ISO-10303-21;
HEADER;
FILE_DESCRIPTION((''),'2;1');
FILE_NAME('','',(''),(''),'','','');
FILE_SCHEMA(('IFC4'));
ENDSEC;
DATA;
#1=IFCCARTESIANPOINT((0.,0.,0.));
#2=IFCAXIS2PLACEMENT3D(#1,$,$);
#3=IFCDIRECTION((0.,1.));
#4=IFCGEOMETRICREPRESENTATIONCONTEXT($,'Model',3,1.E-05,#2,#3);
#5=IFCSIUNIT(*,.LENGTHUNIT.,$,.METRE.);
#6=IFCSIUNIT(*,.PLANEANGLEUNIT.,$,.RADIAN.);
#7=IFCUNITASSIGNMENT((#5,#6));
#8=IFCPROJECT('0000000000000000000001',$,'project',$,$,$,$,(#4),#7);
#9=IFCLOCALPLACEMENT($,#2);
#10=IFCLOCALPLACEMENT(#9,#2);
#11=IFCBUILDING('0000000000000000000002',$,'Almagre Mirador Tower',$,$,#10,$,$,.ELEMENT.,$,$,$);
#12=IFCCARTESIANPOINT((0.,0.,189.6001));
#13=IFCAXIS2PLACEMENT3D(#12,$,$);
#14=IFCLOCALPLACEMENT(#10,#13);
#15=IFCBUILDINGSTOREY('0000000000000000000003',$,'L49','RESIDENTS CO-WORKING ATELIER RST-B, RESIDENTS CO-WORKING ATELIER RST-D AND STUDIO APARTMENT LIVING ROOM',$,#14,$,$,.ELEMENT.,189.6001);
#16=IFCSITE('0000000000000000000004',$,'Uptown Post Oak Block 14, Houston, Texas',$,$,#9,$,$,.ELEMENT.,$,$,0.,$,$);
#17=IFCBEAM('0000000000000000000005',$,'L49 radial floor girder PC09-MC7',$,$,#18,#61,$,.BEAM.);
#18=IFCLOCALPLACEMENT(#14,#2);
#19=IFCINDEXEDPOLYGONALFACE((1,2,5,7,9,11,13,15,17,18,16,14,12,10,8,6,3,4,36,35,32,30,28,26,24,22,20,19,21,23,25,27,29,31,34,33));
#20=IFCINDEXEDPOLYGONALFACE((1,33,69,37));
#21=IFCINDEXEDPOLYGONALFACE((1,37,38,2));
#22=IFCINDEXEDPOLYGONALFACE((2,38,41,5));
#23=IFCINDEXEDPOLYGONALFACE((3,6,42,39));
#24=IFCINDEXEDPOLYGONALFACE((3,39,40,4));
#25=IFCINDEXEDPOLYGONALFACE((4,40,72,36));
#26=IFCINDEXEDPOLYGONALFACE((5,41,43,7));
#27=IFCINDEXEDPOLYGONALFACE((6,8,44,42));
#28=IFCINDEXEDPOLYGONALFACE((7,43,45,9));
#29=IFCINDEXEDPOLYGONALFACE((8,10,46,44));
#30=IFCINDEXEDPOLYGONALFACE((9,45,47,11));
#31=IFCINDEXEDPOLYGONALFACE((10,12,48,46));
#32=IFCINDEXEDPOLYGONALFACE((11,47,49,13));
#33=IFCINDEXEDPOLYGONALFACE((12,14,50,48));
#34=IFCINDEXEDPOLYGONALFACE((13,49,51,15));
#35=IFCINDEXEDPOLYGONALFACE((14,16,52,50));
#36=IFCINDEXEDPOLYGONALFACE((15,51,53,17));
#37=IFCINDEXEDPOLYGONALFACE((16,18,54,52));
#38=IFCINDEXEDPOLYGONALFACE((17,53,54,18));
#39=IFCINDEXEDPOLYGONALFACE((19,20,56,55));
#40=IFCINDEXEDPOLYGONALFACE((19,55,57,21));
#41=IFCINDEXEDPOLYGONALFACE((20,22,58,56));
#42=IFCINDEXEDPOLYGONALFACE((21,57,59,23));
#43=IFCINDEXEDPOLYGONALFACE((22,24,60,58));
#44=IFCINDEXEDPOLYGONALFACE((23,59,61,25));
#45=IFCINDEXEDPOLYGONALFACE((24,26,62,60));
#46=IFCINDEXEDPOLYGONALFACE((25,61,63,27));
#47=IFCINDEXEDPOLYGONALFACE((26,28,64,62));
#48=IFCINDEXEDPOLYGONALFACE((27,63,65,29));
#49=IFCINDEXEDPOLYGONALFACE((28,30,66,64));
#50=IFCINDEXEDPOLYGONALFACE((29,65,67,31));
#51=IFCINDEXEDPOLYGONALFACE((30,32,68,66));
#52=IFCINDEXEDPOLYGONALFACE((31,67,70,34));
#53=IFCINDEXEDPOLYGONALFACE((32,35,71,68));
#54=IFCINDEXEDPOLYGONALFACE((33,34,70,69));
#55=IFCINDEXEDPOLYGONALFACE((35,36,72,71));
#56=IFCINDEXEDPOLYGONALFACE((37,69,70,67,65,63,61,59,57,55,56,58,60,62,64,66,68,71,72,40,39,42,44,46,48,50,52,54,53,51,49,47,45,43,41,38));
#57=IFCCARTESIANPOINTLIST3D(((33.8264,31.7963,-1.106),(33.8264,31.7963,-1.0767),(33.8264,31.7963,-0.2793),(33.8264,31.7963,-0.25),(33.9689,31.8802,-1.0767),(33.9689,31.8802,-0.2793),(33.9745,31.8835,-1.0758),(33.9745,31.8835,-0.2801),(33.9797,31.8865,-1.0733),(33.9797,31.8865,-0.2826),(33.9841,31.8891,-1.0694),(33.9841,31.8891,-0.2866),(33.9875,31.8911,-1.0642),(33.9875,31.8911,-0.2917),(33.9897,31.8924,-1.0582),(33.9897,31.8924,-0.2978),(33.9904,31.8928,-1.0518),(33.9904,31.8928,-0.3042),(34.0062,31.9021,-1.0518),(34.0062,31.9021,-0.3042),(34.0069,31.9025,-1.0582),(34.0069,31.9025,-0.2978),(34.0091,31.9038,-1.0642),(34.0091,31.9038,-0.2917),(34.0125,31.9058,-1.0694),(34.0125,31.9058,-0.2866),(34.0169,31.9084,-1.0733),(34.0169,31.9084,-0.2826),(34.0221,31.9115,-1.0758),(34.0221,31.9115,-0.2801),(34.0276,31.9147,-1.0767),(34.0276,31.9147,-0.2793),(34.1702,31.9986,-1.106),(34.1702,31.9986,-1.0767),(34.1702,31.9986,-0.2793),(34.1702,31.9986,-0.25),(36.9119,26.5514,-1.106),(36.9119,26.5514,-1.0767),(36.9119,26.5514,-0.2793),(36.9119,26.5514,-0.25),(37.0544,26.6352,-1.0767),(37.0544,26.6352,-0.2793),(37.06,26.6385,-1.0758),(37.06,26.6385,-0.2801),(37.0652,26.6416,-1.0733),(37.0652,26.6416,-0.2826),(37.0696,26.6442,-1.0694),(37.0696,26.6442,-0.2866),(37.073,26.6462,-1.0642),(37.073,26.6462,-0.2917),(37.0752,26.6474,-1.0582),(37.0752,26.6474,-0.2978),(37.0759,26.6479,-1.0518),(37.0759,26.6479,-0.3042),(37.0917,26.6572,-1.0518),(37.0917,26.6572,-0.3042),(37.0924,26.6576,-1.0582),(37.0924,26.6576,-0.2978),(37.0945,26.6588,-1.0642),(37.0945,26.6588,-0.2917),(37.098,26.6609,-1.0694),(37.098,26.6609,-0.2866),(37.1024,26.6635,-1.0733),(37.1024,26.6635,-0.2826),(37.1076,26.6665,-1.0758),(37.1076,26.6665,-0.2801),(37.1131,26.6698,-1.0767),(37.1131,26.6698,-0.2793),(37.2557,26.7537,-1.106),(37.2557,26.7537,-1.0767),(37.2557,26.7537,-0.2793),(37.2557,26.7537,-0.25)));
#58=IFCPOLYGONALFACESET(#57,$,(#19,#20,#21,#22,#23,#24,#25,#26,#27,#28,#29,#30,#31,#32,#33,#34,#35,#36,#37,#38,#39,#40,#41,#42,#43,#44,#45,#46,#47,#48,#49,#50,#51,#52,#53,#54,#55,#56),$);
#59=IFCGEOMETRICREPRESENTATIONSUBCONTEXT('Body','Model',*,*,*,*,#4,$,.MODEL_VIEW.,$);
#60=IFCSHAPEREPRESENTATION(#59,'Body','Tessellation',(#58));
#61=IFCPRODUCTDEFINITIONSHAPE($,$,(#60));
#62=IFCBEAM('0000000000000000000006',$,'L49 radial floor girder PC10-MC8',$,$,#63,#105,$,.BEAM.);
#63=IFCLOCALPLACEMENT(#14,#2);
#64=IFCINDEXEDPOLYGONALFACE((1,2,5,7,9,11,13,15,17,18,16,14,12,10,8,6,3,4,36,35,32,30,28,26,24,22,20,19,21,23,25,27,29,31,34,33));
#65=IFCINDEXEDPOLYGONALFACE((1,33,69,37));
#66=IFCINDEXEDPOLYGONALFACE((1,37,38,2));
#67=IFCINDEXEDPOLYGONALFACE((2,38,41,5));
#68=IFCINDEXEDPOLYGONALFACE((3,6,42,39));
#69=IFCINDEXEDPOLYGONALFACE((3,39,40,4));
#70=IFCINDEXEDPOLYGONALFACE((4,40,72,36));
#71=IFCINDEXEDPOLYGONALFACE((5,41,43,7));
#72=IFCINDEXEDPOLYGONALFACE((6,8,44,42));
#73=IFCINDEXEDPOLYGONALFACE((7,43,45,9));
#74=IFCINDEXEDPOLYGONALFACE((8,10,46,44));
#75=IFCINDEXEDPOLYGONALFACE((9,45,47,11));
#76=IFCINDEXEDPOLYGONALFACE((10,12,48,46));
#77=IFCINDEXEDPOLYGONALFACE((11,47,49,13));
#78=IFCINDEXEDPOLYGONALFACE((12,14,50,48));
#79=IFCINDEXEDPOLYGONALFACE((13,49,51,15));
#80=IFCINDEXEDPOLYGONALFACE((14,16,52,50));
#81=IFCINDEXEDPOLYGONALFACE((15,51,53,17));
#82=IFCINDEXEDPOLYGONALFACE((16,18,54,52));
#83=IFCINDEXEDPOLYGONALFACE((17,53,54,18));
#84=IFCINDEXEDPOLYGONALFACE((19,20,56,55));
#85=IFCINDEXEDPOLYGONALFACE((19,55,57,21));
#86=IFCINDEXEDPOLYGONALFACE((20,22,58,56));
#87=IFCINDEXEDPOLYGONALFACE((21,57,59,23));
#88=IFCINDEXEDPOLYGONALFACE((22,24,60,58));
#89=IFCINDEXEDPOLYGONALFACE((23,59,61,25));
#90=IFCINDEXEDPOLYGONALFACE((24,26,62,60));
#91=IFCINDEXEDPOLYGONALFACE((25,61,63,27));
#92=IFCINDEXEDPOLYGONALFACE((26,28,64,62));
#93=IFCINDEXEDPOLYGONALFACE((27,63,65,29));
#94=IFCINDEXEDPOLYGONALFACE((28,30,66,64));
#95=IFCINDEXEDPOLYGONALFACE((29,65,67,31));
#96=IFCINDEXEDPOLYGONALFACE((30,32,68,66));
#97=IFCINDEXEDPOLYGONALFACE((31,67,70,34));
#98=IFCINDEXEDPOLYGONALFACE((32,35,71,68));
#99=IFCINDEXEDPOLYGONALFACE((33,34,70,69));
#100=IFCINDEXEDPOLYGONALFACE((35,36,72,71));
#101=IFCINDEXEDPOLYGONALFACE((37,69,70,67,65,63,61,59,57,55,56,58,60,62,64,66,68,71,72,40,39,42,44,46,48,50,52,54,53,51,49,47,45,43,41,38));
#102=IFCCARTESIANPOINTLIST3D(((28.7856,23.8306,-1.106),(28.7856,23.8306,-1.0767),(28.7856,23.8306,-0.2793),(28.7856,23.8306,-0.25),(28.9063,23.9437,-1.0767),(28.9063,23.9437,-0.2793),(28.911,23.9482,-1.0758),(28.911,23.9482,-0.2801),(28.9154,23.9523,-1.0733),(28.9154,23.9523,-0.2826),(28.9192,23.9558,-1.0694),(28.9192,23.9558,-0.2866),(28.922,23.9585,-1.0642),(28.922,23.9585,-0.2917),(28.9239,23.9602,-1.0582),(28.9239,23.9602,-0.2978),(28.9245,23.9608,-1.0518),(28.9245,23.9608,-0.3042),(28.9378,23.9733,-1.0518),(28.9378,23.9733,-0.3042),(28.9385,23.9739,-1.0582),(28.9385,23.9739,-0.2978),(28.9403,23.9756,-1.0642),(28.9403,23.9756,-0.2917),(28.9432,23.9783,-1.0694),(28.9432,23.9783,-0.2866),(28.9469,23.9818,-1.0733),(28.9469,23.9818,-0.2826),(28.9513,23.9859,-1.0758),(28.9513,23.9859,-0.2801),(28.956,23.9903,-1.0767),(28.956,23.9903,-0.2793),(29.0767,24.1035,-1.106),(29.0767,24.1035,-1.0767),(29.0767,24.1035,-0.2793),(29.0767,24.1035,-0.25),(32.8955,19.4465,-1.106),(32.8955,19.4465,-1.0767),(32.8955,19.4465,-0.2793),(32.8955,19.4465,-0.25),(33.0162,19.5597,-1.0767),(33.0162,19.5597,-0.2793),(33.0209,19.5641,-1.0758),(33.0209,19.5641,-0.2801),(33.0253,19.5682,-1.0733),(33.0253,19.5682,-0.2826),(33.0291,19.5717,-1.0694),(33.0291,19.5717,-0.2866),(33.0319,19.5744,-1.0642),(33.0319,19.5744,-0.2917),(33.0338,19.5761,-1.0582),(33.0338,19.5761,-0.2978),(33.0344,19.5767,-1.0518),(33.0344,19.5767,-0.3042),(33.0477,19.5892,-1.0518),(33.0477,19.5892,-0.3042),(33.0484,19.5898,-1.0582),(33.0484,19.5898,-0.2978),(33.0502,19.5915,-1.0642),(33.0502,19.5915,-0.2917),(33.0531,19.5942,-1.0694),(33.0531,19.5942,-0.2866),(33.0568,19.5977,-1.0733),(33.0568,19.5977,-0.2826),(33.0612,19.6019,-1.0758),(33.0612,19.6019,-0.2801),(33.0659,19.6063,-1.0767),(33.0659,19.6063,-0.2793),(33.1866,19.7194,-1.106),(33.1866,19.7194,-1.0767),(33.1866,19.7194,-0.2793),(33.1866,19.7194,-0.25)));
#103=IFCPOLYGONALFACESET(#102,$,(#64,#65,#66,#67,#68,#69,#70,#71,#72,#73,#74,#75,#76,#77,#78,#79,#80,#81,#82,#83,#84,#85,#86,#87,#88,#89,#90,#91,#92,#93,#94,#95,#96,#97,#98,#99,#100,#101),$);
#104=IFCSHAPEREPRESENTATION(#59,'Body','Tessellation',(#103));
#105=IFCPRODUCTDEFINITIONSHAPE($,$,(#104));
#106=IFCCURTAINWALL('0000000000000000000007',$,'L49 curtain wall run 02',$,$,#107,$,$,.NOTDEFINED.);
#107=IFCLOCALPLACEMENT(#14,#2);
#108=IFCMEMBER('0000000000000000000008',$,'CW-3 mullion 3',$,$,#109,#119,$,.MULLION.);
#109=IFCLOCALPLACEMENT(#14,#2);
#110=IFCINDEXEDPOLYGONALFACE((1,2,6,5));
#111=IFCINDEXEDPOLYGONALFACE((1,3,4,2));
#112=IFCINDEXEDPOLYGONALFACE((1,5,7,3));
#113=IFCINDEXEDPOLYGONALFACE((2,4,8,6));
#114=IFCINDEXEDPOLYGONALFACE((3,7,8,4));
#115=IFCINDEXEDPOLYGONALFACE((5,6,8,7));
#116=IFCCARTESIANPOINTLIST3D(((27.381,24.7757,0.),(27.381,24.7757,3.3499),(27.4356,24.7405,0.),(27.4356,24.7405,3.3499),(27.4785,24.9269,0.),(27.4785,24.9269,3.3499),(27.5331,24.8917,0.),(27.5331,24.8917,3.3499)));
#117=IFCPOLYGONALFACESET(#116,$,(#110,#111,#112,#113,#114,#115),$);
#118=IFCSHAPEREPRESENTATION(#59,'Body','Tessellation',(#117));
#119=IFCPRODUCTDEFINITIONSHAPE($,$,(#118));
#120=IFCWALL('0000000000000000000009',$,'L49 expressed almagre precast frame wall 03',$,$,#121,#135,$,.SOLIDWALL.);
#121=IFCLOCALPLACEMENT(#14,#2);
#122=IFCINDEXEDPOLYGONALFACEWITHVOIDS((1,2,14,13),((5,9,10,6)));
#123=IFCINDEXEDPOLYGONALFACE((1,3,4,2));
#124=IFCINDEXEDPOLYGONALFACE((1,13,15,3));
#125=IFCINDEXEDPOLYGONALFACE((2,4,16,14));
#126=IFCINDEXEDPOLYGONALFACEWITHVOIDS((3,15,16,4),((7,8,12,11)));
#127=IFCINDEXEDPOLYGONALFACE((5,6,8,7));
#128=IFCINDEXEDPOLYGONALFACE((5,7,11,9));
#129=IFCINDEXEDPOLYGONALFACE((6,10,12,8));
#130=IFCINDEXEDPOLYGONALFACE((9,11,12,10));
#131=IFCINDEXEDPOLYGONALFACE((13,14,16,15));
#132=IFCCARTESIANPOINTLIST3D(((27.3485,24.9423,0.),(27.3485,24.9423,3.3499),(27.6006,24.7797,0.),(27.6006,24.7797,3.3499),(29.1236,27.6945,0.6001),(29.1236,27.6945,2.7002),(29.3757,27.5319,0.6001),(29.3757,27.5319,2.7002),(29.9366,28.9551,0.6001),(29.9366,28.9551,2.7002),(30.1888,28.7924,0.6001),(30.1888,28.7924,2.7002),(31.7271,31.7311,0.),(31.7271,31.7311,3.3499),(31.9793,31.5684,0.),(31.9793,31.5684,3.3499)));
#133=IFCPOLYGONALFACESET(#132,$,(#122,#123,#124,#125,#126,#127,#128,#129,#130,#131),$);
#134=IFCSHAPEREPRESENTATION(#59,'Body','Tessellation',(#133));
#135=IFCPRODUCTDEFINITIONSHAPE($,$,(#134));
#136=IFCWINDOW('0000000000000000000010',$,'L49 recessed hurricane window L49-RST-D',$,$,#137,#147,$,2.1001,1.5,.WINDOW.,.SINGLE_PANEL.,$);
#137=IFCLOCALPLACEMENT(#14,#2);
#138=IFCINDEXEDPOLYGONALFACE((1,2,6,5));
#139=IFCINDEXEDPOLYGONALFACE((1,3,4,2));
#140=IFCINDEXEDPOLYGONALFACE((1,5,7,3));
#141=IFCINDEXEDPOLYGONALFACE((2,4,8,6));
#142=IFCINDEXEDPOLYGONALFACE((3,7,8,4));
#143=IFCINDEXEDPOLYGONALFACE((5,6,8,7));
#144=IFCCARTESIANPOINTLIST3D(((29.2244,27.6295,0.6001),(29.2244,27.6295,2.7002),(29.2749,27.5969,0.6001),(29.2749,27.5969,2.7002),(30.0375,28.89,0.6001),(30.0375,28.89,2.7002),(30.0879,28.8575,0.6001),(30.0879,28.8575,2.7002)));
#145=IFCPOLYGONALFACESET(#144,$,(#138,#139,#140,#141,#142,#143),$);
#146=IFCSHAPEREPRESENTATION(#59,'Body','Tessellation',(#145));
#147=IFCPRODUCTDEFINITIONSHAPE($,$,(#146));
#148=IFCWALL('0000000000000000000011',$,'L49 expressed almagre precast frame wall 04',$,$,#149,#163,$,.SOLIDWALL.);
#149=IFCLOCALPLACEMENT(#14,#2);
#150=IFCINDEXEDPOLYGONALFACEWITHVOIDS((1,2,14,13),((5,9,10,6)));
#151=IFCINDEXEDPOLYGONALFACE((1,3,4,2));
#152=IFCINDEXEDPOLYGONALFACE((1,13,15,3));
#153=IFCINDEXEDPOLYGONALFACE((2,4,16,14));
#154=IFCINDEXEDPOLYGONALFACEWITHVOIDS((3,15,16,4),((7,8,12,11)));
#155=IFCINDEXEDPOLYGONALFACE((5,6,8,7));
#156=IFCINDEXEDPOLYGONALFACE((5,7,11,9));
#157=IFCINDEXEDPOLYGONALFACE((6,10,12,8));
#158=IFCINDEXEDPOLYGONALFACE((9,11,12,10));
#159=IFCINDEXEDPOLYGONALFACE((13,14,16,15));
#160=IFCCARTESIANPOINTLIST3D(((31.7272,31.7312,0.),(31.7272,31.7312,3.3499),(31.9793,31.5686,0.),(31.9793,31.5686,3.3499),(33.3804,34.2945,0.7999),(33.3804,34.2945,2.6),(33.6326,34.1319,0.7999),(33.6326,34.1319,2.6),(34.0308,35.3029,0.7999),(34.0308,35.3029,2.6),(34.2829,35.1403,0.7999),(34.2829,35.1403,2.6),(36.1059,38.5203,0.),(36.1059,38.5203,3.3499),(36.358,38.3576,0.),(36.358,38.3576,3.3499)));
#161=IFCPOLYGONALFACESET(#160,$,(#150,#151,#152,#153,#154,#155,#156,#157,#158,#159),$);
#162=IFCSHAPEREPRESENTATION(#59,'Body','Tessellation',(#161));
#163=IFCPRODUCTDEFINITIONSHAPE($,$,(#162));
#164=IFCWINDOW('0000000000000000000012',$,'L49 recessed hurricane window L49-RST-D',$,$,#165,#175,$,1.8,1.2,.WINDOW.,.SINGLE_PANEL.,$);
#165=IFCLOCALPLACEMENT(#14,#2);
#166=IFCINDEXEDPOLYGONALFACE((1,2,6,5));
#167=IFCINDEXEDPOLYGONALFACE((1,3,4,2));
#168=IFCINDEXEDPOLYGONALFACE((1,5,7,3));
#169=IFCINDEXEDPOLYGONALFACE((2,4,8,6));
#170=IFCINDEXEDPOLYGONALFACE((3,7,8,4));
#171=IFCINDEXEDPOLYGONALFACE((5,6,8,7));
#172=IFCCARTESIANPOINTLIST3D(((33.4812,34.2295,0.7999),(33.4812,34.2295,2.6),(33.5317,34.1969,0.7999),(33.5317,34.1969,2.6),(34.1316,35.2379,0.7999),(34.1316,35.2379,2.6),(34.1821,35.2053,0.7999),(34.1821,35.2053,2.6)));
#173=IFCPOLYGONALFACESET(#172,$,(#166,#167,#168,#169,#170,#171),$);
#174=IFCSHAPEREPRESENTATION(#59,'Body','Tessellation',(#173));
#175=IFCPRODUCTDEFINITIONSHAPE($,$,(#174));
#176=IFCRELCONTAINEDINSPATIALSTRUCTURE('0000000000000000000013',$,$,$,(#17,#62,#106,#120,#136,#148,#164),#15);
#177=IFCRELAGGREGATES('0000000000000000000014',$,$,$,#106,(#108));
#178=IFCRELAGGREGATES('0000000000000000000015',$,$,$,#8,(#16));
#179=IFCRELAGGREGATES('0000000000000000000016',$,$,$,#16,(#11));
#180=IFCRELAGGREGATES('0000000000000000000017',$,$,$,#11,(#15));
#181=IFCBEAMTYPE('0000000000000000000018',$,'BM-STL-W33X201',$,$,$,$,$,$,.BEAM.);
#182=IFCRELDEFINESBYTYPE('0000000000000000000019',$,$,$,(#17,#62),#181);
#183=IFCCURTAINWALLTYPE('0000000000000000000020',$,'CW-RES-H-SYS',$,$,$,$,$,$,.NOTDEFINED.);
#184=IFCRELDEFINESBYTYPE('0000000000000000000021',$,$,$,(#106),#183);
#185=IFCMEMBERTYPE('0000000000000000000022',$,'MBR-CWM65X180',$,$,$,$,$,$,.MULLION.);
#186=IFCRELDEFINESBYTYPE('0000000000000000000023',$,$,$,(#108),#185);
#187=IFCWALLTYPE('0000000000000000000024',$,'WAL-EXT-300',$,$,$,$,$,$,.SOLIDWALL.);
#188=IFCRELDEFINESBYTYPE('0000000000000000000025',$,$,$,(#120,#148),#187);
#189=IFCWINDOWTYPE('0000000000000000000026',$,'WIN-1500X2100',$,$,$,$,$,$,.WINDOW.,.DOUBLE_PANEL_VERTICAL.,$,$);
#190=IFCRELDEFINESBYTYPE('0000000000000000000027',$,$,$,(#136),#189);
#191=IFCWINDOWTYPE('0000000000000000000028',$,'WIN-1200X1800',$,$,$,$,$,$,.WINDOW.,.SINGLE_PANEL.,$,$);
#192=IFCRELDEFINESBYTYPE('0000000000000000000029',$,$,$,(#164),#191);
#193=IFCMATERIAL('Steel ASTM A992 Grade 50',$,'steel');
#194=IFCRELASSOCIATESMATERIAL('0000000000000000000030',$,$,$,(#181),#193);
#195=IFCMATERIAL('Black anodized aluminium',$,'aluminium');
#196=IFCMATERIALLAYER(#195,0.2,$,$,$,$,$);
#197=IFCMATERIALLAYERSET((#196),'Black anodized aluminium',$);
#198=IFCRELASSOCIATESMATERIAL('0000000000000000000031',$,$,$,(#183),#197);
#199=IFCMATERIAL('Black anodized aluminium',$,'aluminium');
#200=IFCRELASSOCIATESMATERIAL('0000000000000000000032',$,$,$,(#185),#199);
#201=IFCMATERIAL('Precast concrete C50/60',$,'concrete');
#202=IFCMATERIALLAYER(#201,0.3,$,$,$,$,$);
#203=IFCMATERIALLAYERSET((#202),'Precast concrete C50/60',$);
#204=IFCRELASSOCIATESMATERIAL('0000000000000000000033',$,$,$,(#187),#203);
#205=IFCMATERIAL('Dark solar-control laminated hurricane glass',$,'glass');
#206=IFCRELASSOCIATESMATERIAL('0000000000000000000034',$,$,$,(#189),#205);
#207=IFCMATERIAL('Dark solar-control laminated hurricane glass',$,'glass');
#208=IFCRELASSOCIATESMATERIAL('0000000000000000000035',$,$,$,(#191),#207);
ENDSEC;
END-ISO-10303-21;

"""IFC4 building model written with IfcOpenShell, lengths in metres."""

from ifc_helpers import new_model, si_unit, direction, frame, frame_2d, origin, origin_2d, place, context, subcontext, project, spatial, rectangle, i_section, extrude, material, layer, layer_set, material_profile, profile_set, type_object, element, fill, aggregate, save


model = new_model("IFC4")

# Units and contexts
model_context = context("Model", 3, precision=1e-05, world=origin(), true_north=direction((0.0, 1.0)))
body_context = subcontext(model_context, "Body", "Model", "MODEL_VIEW")
ifc_project = project(units=[si_unit("LENGTHUNIT", "METRE"), si_unit("PLANEANGLEUNIT", "RADIAN")], contexts=[model_context])

# Site, building, storey
site_placement = place(None, origin())
site = spatial("IfcSite", under=ifc_project, at=site_placement, Name="Uptown Post Oak Block 14, Houston, Texas", CompositionType="ELEMENT", RefElevation=0.0)
building_placement = place(site_placement, origin())
building = spatial("IfcBuilding", under=site, at=building_placement, Name="Almagre Mirador Tower", CompositionType="ELEMENT")
storey_placement = place(building_placement, frame((0.0, 0.0, 189.6001)))
storey = spatial("IfcBuildingStorey", under=building, at=storey_placement, Name="L49", Description="RESIDENTS CO-WORKING ATELIER RST-B, RESIDENTS CO-WORKING ATELIER RST-D AND STUDIO APARTMENT LIVING ROOM", CompositionType="ELEMENT", Elevation=189.6001)

# Beams
ifc_material_1 = material(Name="Steel ASTM A992 Grade 50", Category="steel")
ifc_material_profile_1 = material_profile(ifc_material_1, i_section(OverallWidth=0.3989, OverallDepth=0.856, WebThickness=0.0183, FlangeThickness=0.0293, FilletRadius=0.0249, at=origin_2d()), Name="W33X201")
ifc_profile_set_1 = profile_set([ifc_material_profile_1], Name="Steel ASTM A992 Grade 50")
beam_type_1 = type_object("IfcBeamType", Name="BM-STL-W33X201", PredefinedType="BEAM", material=ifc_profile_set_1)
beam_1_placement = place(storey_placement, frame((33.9983, 31.8975, -0.678), z_axis=(0.507048, -0.861918, 0.0), x_axis=(0.861918, 0.507048, 0.0)))
element("IfcBeam", 1, at=beam_1_placement, inside=storey, type_object=beam_type_1, Name="L49 radial floor girder PC09-MC7", PredefinedType="BEAM", context=body_context, shape_type="SweptSolid", body=[
    extrude(i_section(OverallWidth=0.3989, OverallDepth=0.856, WebThickness=0.0183, FlangeThickness=0.0293, FilletRadius=0.0249, at=origin_2d()), origin(), (0.0, 0.0, 1.0), 6.0852),
])
beam_2_placement = place(storey_placement, frame((28.9312, 23.967, -0.678), z_axis=(0.683926, -0.729551, 0.0), x_axis=(0.729551, 0.683926, 0.0)))
element("IfcBeam", 2, at=beam_2_placement, inside=storey, type_object=beam_type_1, Name="L49 radial floor girder PC10-MC8", PredefinedType="BEAM", context=body_context, shape_type="SweptSolid", body=[
    extrude(i_section(OverallWidth=0.3989, OverallDepth=0.856, WebThickness=0.0183, FlangeThickness=0.0293, FilletRadius=0.0249, at=origin_2d()), origin(), (0.0, 0.0, 1.0), 6.0093),
])

# Curtain wall, member
ifc_material_2 = material(Name="Black anodized aluminium", Category="aluminium")
ifc_layer_1 = layer(ifc_material_2, 0.2)
ifc_layer_set_1 = layer_set([ifc_layer_1], Name="Black anodized aluminium")
curtain_wall_type = type_object("IfcCurtainWallType", Name="CW-RES-H-SYS", PredefinedType="NOTDEFINED", material=ifc_layer_set_1)
curtain_wall_placement = place(storey_placement, origin())
curtain_wall = element("IfcCurtainWall", 3, at=curtain_wall_placement, inside=storey, type_object=curtain_wall_type, Name="L49 curtain wall run 02", PredefinedType="NOTDEFINED")
ifc_material_3 = material(Name="Black anodized aluminium", Category="aluminium")
ifc_material_profile_2 = material_profile(ifc_material_3, rectangle(XDim=0.0649, YDim=0.1799, at=origin_2d()), Name="CWM65X180")
ifc_profile_set_2 = profile_set([ifc_material_profile_2], Name="Black anodized aluminium")
member_type = type_object("IfcMemberType", Name="MBR-CWM65X180", PredefinedType="MULLION", material=ifc_profile_set_2)
member_placement = place(storey_placement, frame((27.457, 24.8337, 0.0), z_axis=(0.0, 0.0, 1.0), x_axis=(-0.84037, 0.542013, 0.0)))
member = element("IfcMember", 4, at=member_placement, type_object=member_type, Name="CW-3 mullion 3", PredefinedType="MULLION", context=body_context, shape_type="SweptSolid", body=[
    extrude(rectangle(XDim=0.0649, YDim=0.1799, at=origin_2d()), origin(), (0.0, 0.0, 1.0), 3.3499),
])
aggregate(curtain_wall, [member])

# Walls, openings, windows
ifc_material_4 = material(Name="Precast concrete C50/60", Category="concrete")
ifc_layer_2 = layer(ifc_material_4, 0.3)
ifc_layer_set_2 = layer_set([ifc_layer_2], Name="Precast concrete C50/60")
wall_type = type_object("IfcWallType", Name="WAL-EXT-300", PredefinedType="SOLIDWALL", material=ifc_layer_set_2)
wall_1_placement = place(storey_placement, frame((27.4746, 24.8611, 0.0), z_axis=(0.0, 0.0, 1.0), x_axis=(0.54202, 0.840365, 0.0)))
wall_1 = element("IfcWall", 5, at=wall_1_placement, inside=storey, type_object=wall_type, Name="L49 expressed almagre precast frame wall 03", PredefinedType="SOLIDWALL", context=body_context, shape_type="SweptSolid", body=[
    extrude(rectangle(XDim=8.0784, YDim=0.3, at=frame_2d((4.0391, 0.0))), origin(), (0.0, 0.0, 1.0), 3.3499),
])
opening_1_placement = place(wall_1_placement, frame((3.2749, 0.0, 0.6001)))
opening_1 = element("IfcOpeningElement", 6, at=opening_1_placement, cuts=wall_1, PredefinedType="OPENING", context=body_context, shape_type="SweptSolid", body=[
    extrude(rectangle(XDim=1.5, YDim=2.1001, at=frame_2d((0.75, 1.05))), frame((0.0, 0.1599, 0.0), z_axis=(0.0, -1.0, 0.0), x_axis=(1.0, 0.0, 0.0)), (0.0, 0.0, 1.0), 0.32),
])
ifc_material_5 = material(Name="Dark solar-control laminated hurricane glass", Category="glass")
window_type_1 = type_object("IfcWindowType", Name="WIN-1500X2100", PartitioningType="DOUBLE_PANEL_VERTICAL", PredefinedType="WINDOW", material=ifc_material_5)
window_1_placement = place(opening_1_placement, origin())
window_1 = element("IfcWindow", 7, at=window_1_placement, inside=storey, type_object=window_type_1, Name="L49 recessed hurricane window L49-RST-D", OverallHeight=2.1001, OverallWidth=1.5, PartitioningType="SINGLE_PANEL", PredefinedType="WINDOW", context=body_context, shape_type="SweptSolid", body=[
    extrude(rectangle(XDim=1.5, YDim=2.1001, at=frame_2d((0.75, 1.05))), frame((0.0, 0.03, 0.0), z_axis=(0.0, -1.0, 0.0), x_axis=(1.0, 0.0, 0.0)), (0.0, 0.0, 1.0), 0.0601),
])
fill(opening_1, window_1)
wall_2_placement = place(storey_placement, frame((31.8533, 31.6499, 0.0), z_axis=(0.0, 0.0, 1.0), x_axis=(0.542006, 0.840374, 0.0)))
wall_2 = element("IfcWall", 8, at=wall_2_placement, inside=storey, type_object=wall_type, Name="L49 expressed almagre precast frame wall 04", PredefinedType="SOLIDWALL", context=body_context, shape_type="SweptSolid", body=[
    extrude(rectangle(XDim=8.0786, YDim=0.3, at=frame_2d((4.0393, 0.0))), origin(), (0.0, 0.0, 1.0), 3.3499),
])
opening_2_placement = place(wall_2_placement, frame((3.05, 0.0, 0.8)))
opening_2 = element("IfcOpeningElement", 9, at=opening_2_placement, cuts=wall_2, PredefinedType="OPENING", context=body_context, shape_type="SweptSolid", body=[
    extrude(rectangle(XDim=1.2, YDim=1.8, at=frame_2d((0.6001, 0.8999))), frame((0.0, 0.1599, 0.0), z_axis=(0.0, -1.0, 0.0), x_axis=(1.0, 0.0, 0.0)), (0.0, 0.0, 1.0), 0.32),
])
ifc_material_6 = material(Name="Dark solar-control laminated hurricane glass", Category="glass")
window_type_2 = type_object("IfcWindowType", Name="WIN-1200X1800", PartitioningType="SINGLE_PANEL", PredefinedType="WINDOW", material=ifc_material_6)
window_2_placement = place(opening_2_placement, origin())
window_2 = element("IfcWindow", 10, at=window_2_placement, inside=storey, type_object=window_type_2, Name="L49 recessed hurricane window L49-RST-D", OverallHeight=1.8, OverallWidth=1.2, PartitioningType="SINGLE_PANEL", PredefinedType="WINDOW", context=body_context, shape_type="SweptSolid", body=[
    extrude(rectangle(XDim=1.2, YDim=1.8, at=frame_2d((0.6001, 0.8999))), frame((0.0, 0.03, 0.0), z_axis=(0.0, -1.0, 0.0), x_axis=(1.0, 0.0, 0.0)), (0.0, 0.0, 1.0), 0.0601),
])
fill(opening_2, window_2)

save(model, "model.ifc")
